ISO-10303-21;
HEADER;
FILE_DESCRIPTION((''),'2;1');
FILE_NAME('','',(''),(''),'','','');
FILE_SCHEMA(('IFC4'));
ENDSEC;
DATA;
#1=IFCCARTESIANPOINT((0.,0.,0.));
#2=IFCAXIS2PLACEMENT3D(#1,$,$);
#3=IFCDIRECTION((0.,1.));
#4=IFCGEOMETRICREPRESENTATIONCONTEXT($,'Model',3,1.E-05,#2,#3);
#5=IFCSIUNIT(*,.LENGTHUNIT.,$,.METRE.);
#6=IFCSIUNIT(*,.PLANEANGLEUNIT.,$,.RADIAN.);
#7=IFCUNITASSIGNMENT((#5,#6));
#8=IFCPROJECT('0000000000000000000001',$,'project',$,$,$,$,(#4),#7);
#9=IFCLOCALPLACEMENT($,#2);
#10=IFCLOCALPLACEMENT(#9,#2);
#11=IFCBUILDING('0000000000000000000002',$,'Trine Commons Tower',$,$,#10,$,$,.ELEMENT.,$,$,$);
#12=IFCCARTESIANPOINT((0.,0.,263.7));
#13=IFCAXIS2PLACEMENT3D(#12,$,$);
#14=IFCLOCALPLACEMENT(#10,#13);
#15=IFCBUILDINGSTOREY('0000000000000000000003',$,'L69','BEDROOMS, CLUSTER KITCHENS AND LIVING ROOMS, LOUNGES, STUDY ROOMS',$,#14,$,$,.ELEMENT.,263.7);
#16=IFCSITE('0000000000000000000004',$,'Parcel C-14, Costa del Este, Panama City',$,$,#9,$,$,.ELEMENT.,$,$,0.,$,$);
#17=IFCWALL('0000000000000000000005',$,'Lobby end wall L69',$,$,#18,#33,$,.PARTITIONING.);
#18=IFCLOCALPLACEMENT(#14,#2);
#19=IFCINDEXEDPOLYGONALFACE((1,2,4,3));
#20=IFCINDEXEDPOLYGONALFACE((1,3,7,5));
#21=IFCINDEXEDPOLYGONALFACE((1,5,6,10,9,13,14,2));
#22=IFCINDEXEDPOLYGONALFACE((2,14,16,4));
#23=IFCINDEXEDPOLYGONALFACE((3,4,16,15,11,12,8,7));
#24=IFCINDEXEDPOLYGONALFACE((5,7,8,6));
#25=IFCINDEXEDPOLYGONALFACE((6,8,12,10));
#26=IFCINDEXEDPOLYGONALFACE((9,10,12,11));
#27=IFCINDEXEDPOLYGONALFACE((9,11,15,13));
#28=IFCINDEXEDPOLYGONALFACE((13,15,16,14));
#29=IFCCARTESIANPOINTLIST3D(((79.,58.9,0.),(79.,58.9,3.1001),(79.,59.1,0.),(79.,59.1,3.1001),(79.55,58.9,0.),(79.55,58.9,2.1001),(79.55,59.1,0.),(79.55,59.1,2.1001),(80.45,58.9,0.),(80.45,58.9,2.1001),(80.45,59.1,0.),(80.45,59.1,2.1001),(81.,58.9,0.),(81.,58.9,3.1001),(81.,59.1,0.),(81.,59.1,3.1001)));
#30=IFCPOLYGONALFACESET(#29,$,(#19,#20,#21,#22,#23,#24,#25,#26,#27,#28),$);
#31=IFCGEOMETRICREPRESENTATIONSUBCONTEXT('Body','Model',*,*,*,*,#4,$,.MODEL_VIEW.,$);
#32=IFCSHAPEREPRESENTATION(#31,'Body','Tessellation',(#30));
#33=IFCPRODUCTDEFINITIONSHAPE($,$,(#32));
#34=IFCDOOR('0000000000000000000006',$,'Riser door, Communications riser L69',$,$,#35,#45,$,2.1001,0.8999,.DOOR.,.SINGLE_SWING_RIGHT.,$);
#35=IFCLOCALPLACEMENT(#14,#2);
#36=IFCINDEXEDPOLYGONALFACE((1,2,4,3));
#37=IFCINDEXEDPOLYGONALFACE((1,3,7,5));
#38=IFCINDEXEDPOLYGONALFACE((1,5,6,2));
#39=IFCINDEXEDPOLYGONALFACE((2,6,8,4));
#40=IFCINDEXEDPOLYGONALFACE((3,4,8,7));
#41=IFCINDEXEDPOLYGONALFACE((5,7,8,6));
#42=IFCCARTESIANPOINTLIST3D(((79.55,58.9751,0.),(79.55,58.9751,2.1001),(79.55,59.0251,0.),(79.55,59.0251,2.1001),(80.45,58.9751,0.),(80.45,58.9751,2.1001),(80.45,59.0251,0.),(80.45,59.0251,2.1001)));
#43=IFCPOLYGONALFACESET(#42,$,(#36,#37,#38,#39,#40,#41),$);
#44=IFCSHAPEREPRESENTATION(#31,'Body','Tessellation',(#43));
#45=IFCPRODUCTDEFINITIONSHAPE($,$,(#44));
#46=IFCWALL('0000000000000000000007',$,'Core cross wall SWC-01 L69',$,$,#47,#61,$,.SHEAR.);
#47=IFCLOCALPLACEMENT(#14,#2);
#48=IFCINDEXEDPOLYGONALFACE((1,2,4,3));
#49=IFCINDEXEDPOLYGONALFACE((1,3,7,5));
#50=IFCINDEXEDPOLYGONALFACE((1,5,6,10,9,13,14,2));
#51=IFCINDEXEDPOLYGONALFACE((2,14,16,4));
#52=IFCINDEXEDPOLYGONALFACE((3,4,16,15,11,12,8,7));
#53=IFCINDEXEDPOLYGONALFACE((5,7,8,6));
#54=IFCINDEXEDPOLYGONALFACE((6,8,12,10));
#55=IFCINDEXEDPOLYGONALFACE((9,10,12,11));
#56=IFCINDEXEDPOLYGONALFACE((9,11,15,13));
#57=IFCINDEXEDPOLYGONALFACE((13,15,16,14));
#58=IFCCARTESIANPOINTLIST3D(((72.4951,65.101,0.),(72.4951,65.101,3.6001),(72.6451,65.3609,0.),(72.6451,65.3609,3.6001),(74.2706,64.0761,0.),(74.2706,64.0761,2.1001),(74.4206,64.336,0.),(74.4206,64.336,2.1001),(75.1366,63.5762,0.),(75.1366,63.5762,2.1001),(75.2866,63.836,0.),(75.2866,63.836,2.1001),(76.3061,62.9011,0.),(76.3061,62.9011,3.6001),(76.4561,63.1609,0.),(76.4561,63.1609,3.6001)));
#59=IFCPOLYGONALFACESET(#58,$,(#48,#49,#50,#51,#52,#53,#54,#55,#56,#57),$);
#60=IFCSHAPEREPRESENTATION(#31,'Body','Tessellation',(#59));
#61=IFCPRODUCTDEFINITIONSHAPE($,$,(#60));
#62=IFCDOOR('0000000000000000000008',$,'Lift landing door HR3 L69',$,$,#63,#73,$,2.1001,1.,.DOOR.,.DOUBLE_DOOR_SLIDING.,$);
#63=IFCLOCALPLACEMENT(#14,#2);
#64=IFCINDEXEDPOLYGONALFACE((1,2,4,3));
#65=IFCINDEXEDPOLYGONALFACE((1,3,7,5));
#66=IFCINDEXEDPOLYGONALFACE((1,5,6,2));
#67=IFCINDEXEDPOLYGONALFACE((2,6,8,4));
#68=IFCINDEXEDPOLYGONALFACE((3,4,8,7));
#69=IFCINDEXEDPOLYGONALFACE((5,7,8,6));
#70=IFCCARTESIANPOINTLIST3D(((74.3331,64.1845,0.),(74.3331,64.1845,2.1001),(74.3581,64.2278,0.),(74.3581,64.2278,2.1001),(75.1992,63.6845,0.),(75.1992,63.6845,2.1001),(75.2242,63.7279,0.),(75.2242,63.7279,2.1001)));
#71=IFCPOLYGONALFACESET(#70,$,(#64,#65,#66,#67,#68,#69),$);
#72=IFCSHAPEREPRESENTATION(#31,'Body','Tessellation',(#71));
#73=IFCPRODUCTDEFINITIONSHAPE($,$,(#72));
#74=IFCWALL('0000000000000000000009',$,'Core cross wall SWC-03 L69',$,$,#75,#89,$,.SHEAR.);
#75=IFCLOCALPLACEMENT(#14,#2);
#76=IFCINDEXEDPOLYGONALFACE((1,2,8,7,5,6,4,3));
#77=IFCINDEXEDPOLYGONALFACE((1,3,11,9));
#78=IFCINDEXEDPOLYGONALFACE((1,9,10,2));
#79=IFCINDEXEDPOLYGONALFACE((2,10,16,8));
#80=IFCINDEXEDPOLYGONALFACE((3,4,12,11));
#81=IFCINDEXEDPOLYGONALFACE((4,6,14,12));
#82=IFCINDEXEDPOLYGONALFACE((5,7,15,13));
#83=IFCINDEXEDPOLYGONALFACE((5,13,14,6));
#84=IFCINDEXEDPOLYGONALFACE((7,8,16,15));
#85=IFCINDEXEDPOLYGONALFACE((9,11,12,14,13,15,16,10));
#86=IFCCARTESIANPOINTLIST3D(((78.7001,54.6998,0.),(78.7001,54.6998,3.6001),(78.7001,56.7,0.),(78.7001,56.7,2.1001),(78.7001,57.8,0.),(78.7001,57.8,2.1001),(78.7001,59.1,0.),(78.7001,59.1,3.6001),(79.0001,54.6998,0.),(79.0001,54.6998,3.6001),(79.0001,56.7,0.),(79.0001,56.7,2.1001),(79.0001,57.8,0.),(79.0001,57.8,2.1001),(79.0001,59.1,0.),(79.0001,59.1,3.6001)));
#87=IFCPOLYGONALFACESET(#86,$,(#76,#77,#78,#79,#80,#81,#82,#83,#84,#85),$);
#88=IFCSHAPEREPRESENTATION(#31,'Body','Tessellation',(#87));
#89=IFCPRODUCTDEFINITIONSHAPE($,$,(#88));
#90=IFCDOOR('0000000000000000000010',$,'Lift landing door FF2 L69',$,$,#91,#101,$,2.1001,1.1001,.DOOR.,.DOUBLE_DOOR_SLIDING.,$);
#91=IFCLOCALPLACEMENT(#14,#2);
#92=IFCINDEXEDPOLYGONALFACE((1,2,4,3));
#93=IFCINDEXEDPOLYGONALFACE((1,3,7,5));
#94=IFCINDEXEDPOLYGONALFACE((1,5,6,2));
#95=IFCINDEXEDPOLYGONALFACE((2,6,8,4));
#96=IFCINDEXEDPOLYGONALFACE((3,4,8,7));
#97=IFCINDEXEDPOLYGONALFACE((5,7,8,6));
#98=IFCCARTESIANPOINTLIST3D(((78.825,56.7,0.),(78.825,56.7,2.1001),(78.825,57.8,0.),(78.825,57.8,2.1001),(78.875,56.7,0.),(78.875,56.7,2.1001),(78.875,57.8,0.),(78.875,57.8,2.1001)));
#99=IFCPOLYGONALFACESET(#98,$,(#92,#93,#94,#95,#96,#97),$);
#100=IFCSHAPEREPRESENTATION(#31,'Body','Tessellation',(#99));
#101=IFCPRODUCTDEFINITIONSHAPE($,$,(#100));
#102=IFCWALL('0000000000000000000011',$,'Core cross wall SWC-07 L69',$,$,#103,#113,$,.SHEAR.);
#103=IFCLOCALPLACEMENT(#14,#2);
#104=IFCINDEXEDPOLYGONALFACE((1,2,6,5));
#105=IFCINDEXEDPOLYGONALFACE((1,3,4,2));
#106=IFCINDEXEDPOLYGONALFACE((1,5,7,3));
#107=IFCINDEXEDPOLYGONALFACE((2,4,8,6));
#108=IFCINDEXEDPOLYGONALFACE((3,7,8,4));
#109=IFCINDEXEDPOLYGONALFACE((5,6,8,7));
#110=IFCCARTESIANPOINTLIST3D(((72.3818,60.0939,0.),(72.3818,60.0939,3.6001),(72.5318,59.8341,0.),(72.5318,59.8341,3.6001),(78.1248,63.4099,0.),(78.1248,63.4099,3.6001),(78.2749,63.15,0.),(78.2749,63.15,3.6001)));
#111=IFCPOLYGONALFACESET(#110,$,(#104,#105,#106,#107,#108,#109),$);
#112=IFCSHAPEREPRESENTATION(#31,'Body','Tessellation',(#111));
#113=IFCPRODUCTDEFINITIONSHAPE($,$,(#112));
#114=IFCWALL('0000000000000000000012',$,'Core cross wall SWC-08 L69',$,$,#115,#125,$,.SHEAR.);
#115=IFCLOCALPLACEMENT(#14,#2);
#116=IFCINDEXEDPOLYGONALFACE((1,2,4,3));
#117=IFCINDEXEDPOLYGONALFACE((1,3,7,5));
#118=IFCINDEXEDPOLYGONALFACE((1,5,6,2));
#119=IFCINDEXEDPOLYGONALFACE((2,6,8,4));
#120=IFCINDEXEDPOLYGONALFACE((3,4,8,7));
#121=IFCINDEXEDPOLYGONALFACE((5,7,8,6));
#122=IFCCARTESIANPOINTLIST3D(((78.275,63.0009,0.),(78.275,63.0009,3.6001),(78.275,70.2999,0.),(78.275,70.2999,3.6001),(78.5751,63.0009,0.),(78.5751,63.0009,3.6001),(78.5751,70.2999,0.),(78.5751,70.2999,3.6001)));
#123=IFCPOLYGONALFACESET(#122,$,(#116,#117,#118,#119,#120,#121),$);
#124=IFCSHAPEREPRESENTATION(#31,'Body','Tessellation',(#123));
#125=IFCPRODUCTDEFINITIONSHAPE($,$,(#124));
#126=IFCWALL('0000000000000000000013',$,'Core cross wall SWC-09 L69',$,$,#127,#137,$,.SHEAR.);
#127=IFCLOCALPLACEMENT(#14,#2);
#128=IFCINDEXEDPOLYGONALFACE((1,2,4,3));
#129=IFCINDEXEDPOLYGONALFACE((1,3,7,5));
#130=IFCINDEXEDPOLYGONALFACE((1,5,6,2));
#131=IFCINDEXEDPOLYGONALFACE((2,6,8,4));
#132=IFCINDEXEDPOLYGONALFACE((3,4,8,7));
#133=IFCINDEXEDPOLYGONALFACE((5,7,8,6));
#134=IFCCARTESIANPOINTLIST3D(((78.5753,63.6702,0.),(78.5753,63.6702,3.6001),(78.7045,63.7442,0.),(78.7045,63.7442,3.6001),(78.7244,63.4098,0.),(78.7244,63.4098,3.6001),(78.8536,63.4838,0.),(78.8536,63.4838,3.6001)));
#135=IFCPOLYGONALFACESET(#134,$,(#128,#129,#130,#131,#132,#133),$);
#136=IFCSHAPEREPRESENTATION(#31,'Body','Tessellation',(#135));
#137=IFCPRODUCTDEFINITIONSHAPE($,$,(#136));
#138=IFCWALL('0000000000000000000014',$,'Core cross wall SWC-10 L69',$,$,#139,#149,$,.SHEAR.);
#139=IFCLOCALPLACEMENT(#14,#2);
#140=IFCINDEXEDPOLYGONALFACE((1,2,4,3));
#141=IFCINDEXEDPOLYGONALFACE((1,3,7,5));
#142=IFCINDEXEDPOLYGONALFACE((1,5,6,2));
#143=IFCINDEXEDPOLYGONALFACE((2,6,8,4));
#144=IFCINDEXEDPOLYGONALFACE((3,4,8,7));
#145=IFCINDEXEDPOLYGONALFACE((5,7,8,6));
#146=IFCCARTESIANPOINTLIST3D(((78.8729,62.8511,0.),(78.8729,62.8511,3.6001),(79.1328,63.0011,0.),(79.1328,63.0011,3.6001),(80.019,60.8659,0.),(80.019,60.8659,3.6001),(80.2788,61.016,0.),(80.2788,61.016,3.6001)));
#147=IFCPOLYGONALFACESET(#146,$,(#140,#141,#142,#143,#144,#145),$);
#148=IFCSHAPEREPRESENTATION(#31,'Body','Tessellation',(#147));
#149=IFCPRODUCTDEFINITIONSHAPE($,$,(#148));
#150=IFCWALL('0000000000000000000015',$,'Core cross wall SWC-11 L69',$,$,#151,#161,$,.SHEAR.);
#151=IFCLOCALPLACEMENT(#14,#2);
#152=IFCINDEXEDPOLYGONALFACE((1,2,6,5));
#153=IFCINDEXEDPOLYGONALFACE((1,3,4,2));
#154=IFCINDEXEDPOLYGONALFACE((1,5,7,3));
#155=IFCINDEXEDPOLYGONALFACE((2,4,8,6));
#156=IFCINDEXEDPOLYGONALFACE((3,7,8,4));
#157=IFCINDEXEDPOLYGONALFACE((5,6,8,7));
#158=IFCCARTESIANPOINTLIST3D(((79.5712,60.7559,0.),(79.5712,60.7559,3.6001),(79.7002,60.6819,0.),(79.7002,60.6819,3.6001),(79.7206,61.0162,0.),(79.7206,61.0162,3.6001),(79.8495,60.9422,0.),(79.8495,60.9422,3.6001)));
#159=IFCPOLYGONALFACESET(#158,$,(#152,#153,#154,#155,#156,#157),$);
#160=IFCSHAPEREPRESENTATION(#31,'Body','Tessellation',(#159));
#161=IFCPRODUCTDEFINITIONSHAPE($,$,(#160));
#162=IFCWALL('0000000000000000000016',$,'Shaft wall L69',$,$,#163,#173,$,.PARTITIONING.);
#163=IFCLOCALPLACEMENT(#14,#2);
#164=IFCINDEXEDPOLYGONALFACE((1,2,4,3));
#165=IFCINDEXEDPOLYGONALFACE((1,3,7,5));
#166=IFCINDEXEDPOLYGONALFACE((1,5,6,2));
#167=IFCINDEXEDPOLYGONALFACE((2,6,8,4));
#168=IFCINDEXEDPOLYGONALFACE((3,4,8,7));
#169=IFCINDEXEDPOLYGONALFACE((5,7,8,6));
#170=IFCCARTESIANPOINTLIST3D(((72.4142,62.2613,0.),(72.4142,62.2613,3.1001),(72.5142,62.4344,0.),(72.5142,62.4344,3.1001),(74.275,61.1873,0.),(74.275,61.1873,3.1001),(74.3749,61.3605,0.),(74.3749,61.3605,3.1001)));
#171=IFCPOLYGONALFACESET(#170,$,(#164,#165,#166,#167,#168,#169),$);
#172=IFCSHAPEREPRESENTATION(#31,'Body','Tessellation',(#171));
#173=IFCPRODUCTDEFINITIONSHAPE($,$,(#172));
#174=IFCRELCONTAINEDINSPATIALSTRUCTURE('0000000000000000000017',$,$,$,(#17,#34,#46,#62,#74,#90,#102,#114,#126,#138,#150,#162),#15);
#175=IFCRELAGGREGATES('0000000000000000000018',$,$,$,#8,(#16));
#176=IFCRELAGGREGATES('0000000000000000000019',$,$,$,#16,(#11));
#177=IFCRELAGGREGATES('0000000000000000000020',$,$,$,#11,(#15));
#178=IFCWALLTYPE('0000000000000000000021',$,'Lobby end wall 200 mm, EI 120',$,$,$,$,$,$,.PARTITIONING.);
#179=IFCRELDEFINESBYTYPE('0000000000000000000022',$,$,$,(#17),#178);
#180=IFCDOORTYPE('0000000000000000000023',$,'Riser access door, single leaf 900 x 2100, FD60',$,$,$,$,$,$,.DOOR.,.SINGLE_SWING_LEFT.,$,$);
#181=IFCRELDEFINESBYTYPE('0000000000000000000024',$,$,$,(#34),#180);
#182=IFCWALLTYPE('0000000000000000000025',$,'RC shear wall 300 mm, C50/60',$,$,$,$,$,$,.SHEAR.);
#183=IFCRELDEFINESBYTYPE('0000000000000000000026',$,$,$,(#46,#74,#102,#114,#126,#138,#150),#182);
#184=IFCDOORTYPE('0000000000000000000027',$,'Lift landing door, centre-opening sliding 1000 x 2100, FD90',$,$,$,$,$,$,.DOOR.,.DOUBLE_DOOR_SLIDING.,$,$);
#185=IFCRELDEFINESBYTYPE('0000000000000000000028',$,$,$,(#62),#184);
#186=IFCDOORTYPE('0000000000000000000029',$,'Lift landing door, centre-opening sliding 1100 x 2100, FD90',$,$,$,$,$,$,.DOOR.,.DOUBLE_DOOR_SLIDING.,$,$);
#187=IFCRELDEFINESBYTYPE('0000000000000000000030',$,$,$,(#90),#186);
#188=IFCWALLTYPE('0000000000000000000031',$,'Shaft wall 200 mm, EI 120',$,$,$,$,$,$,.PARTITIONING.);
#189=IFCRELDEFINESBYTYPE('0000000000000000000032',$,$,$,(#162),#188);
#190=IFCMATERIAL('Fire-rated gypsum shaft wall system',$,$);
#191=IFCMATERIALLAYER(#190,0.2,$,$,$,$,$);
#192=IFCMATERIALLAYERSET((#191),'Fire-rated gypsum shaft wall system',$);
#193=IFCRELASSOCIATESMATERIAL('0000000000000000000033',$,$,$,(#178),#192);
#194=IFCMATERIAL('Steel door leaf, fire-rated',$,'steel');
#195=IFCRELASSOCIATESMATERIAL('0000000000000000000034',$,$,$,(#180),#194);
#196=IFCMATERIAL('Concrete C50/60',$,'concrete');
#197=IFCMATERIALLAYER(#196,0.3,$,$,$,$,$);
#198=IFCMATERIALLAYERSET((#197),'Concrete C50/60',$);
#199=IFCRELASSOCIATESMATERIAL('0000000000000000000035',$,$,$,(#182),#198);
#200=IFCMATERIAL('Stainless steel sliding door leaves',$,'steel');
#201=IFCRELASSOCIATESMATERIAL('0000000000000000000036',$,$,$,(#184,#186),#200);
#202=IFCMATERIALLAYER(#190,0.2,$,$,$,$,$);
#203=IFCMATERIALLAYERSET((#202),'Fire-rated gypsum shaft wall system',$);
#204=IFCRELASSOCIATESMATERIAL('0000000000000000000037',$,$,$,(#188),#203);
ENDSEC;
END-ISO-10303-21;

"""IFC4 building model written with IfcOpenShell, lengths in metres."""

from ifc_helpers import new_model, si_unit, direction, frame, frame_2d, origin, place, context, subcontext, project, spatial, rectangle, extrude, material, layer, layer_set, type_object, element, fill, save


model = new_model("IFC4")

# Units and contexts
model_context = context("Model", 3, precision=1e-05, world=origin(), true_north=direction((0.0, 1.0)))
body_context = subcontext(model_context, "Body", "Model", "MODEL_VIEW")
ifc_project = project(units=[si_unit("LENGTHUNIT", "METRE"), si_unit("PLANEANGLEUNIT", "RADIAN")], contexts=[model_context])

# Site, building, storey
site_placement = place(None, origin())
site = spatial("IfcSite", under=ifc_project, at=site_placement, Name="Parcel C-14, Costa del Este, Panama City", CompositionType="ELEMENT", RefElevation=0.0)
building_placement = place(site_placement, origin())
building = spatial("IfcBuilding", under=site, at=building_placement, Name="Trine Commons Tower", CompositionType="ELEMENT")
storey_placement = place(building_placement, frame((0.0, 0.0, 263.7)))
storey = spatial("IfcBuildingStorey", under=building, at=storey_placement, Name="L69", Description="BEDROOMS, CLUSTER KITCHENS AND LIVING ROOMS, LOUNGES, STUDY ROOMS", CompositionType="ELEMENT", Elevation=263.7)

# Walls, openings, doors
ifc_material_1 = material(Name="Fire-rated gypsum shaft wall system")
ifc_layer_1 = layer(ifc_material_1, 0.2)
ifc_layer_set_1 = layer_set([ifc_layer_1], Name="Fire-rated gypsum shaft wall system")
wall_type_1 = type_object("IfcWallType", Name="Lobby end wall 200 mm, EI 120", PredefinedType="PARTITIONING", material=ifc_layer_set_1)
wall_1_placement = place(storey_placement, frame((79.0, 59.0, 0.0), z_axis=(0.0, 0.0, 1.0), x_axis=(1.0, 0.0, 0.0)))
wall_1 = element("IfcWall", 1, at=wall_1_placement, inside=storey, type_object=wall_type_1, Name="Lobby end wall L69", PredefinedType="PARTITIONING", context=body_context, shape_type="SweptSolid", body=[
    extrude(rectangle(XDim=2.0, YDim=0.2, at=frame_2d((1.0, 0.0))), origin(), (0.0, 0.0, 1.0), 3.1001),
])
opening_1_placement = place(wall_1_placement, frame((0.55, 0.0, 0.0)))
opening_1 = element("IfcOpeningElement", 2, at=opening_1_placement, cuts=wall_1, PredefinedType="OPENING", context=body_context, shape_type="SweptSolid", body=[
    extrude(rectangle(XDim=0.8999, YDim=2.1001, at=frame_2d((0.45, 1.05))), frame((0.0, 0.1099, 0.0), z_axis=(0.0, -1.0, 0.0), x_axis=(1.0, 0.0, 0.0)), (0.0, 0.0, 1.0), 0.22),
])
ifc_material_2 = material(Name="Steel door leaf, fire-rated", Category="steel")
door_type_1 = type_object("IfcDoorType", Name="Riser access door, single leaf 900 x 2100, FD60", OperationType="SINGLE_SWING_LEFT", PredefinedType="DOOR", material=ifc_material_2)
door_1_placement = place(opening_1_placement, frame((0.8999, 0.0, 0.0), z_axis=(0.0, 0.0, 1.0), x_axis=(-1.0, 0.0, 0.0)))
door_1 = element("IfcDoor", 3, at=door_1_placement, inside=storey, type_object=door_type_1, Name="Riser door, Communications riser L69", OperationType="SINGLE_SWING_RIGHT", OverallHeight=2.1001, OverallWidth=0.8999, PredefinedType="DOOR", context=body_context, shape_type="SweptSolid", body=[
    extrude(rectangle(XDim=0.8999, YDim=2.1001, at=frame_2d((0.45, 1.05))), frame((0.0, 0.0249, 0.0), z_axis=(0.0, -1.0, 0.0), x_axis=(1.0, 0.0, 0.0)), (0.0, 0.0, 1.0), 0.05),
])
fill(opening_1, door_1)
ifc_material_3 = material(Name="Concrete C50/60", Category="concrete")
ifc_layer_2 = layer(ifc_material_3, 0.3)
ifc_layer_set_2 = layer_set([ifc_layer_2], Name="Concrete C50/60")
wall_type_2 = type_object("IfcWallType", Name="RC shear wall 300 mm, C50/60", PredefinedType="SHEAR", material=ifc_layer_set_2)
wall_2_placement = place(storey_placement, frame((76.3811, 63.031, 0.0), z_axis=(0.0, 0.0, 1.0), x_axis=(-0.86606, 0.49994, 0.0)))
wall_2 = element("IfcWall", 4, at=wall_2_placement, inside=storey, type_object=wall_type_2, Name="Core cross wall SWC-01 L69", PredefinedType="SHEAR", context=body_context, shape_type="SweptSolid", body=[
    extrude(rectangle(XDim=4.4004, YDim=0.3, at=frame_2d((2.2002, 0.0))), origin(), (0.0, 0.0, 1.0), 3.6001),
])
opening_2_placement = place(wall_2_placement, frame((1.3503, 0.0, 0.0)))
opening_2 = element("IfcOpeningElement", 5, at=opening_2_placement, cuts=wall_2, PredefinedType="OPENING", context=body_context, shape_type="SweptSolid", body=[
    extrude(rectangle(XDim=1.0, YDim=2.1001, at=frame_2d((0.5, 1.05))), frame((0.0, 0.1599, 0.0), z_axis=(0.0, -1.0, 0.0), x_axis=(1.0, 0.0, 0.0)), (0.0, 0.0, 1.0), 0.3201),
])
ifc_material_4 = material(Name="Stainless steel sliding door leaves", Category="steel")
door_type_2 = type_object("IfcDoorType", Name="Lift landing door, centre-opening sliding 1000 x 2100, FD90", OperationType="DOUBLE_DOOR_SLIDING", PredefinedType="DOOR", material=ifc_material_4)
door_2_placement = place(opening_2_placement, origin())
door_2 = element("IfcDoor", 6, at=door_2_placement, inside=storey, type_object=door_type_2, Name="Lift landing door HR3 L69", OperationType="DOUBLE_DOOR_SLIDING", OverallHeight=2.1001, OverallWidth=1.0, PredefinedType="DOOR", context=body_context, shape_type="SweptSolid", body=[
    extrude(rectangle(XDim=1.0, YDim=2.1001, at=frame_2d((0.5, 1.05))), frame((0.0, 0.0249, 0.0), z_axis=(0.0, -1.0, 0.0), x_axis=(1.0, 0.0, 0.0)), (0.0, 0.0, 1.0), 0.05),
])
fill(opening_2, door_2)
wall_3_placement = place(storey_placement, frame((78.8501, 59.1001, 0.0), z_axis=(0.0, 0.0, 1.0), x_axis=(0.0, -1.0, 0.0)))
wall_3 = element("IfcWall", 7, at=wall_3_placement, inside=storey, type_object=wall_type_2, Name="Core cross wall SWC-03 L69", PredefinedType="SHEAR", context=body_context, shape_type="SweptSolid", body=[
    extrude(rectangle(XDim=4.4001, YDim=0.3, at=frame_2d((2.2002, 0.0))), origin(), (0.0, 0.0, 1.0), 3.6001),
])
opening_3_placement = place(wall_3_placement, frame((1.3, 0.0, 0.0)))
opening_3 = element("IfcOpeningElement", 8, at=opening_3_placement, cuts=wall_3, PredefinedType="OPENING", context=body_context, shape_type="SweptSolid", body=[
    extrude(rectangle(XDim=1.1001, YDim=2.1001, at=frame_2d((0.55, 1.05))), frame((0.0, 0.1599, 0.0), z_axis=(0.0, -1.0, 0.0), x_axis=(1.0, 0.0, 0.0)), (0.0, 0.0, 1.0), 0.3201),
])
door_type_3 = type_object("IfcDoorType", Name="Lift landing door, centre-opening sliding 1100 x 2100, FD90", OperationType="DOUBLE_DOOR_SLIDING", PredefinedType="DOOR", material=ifc_material_4)
door_3_placement = place(opening_3_placement, origin())
door_3 = element("IfcDoor", 9, at=door_3_placement, inside=storey, type_object=door_type_3, Name="Lift landing door FF2 L69", OperationType="DOUBLE_DOOR_SLIDING", OverallHeight=2.1001, OverallWidth=1.1001, PredefinedType="DOOR", context=body_context, shape_type="SweptSolid", body=[
    extrude(rectangle(XDim=1.1001, YDim=2.1001, at=frame_2d((0.55, 1.05))), frame((0.0, 0.0249, 0.0), z_axis=(0.0, -1.0, 0.0), x_axis=(1.0, 0.0, 0.0)), (0.0, 0.0, 1.0), 0.05),
])
fill(opening_3, door_3)

# Walls
wall_4_placement = place(storey_placement, frame((78.2, 63.28, 0.0), z_axis=(0.0, 0.0, 1.0), x_axis=(-0.86601, -0.500027, 0.0)))
element("IfcWall", 10, at=wall_4_placement, inside=storey, type_object=wall_type_2, Name="Core cross wall SWC-07 L69", PredefinedType="SHEAR", context=body_context, shape_type="SweptSolid", body=[
    extrude(rectangle(XDim=6.6316, YDim=0.3, at=frame_2d((3.3159, 0.0))), origin(), (0.0, 0.0, 1.0), 3.6001),
])
wall_5_placement = place(storey_placement, frame((78.425, 63.001, 0.0), z_axis=(0.0, 0.0, 1.0), x_axis=(0.0, 1.0, 0.0)))
element("IfcWall", 11, at=wall_5_placement, inside=storey, type_object=wall_type_2, Name="Core cross wall SWC-08 L69", PredefinedType="SHEAR", context=body_context, shape_type="SweptSolid", body=[
    extrude(rectangle(XDim=7.2991, YDim=0.3, at=frame_2d((3.6494, 0.0))), origin(), (0.0, 0.0, 1.0), 3.6001),
])
wall_6_placement = place(storey_placement, frame((78.7791, 63.614, 0.0), z_axis=(0.0, 0.0, 1.0), x_axis=(-0.867738, -0.497022, 0.0)))
element("IfcWall", 12, at=wall_6_placement, inside=storey, type_object=wall_type_2, Name="Core cross wall SWC-09 L69", PredefinedType="SHEAR", context=body_context, shape_type="SweptSolid", body=[
    extrude(rectangle(XDim=0.1489, YDim=0.3, at=frame_2d((0.0745, 0.0))), origin(), (0.0, 0.0, 1.0), 3.6001),
])
wall_7_placement = place(storey_placement, frame((79.0029, 62.926, 0.0), z_axis=(0.0, 0.0, 1.0), x_axis=(0.499965, -0.866045, 0.0)))
element("IfcWall", 13, at=wall_7_placement, inside=storey, type_object=wall_type_2, Name="Core cross wall SWC-10 L69", PredefinedType="SHEAR", context=body_context, shape_type="SweptSolid", body=[
    extrude(rectangle(XDim=2.2922, YDim=0.3, at=frame_2d((1.146, 0.0))), origin(), (0.0, 0.0, 1.0), 3.6001),
])
wall_8_placement = place(storey_placement, frame((79.646, 60.886, 0.0), z_axis=(0.0, 0.0, 1.0), x_axis=(0.867332, -0.49773, 0.0)))
element("IfcWall", 14, at=wall_8_placement, inside=storey, type_object=wall_type_2, Name="Core cross wall SWC-11 L69", PredefinedType="SHEAR", context=body_context, shape_type="SweptSolid", body=[
    extrude(rectangle(XDim=0.1487, YDim=0.3, at=frame_2d((0.0742, 0.0))), origin(), (0.0, 0.0, 1.0), 3.6001),
])
ifc_layer_3 = layer(ifc_material_1, 0.2)
ifc_layer_set_3 = layer_set([ifc_layer_3], Name="Fire-rated gypsum shaft wall system")
wall_type_3 = type_object("IfcWallType", Name="Shaft wall 200 mm, EI 120", PredefinedType="PARTITIONING", material=ifc_layer_set_3)
wall_9_placement = place(storey_placement, frame((74.325, 61.2739, 0.0), z_axis=(0.0, 0.0, 1.0), x_axis=(-0.866102, 0.499867, 0.0)))
element("IfcWall", 15, at=wall_9_placement, inside=storey, type_object=wall_type_3, Name="Shaft wall L69", PredefinedType="PARTITIONING", context=body_context, shape_type="SweptSolid", body=[
    extrude(rectangle(XDim=2.1484, YDim=0.2, at=frame_2d((1.0742, 0.0))), origin(), (0.0, 0.0, 1.0), 3.1001),
])

save(model, "model.ifc")
